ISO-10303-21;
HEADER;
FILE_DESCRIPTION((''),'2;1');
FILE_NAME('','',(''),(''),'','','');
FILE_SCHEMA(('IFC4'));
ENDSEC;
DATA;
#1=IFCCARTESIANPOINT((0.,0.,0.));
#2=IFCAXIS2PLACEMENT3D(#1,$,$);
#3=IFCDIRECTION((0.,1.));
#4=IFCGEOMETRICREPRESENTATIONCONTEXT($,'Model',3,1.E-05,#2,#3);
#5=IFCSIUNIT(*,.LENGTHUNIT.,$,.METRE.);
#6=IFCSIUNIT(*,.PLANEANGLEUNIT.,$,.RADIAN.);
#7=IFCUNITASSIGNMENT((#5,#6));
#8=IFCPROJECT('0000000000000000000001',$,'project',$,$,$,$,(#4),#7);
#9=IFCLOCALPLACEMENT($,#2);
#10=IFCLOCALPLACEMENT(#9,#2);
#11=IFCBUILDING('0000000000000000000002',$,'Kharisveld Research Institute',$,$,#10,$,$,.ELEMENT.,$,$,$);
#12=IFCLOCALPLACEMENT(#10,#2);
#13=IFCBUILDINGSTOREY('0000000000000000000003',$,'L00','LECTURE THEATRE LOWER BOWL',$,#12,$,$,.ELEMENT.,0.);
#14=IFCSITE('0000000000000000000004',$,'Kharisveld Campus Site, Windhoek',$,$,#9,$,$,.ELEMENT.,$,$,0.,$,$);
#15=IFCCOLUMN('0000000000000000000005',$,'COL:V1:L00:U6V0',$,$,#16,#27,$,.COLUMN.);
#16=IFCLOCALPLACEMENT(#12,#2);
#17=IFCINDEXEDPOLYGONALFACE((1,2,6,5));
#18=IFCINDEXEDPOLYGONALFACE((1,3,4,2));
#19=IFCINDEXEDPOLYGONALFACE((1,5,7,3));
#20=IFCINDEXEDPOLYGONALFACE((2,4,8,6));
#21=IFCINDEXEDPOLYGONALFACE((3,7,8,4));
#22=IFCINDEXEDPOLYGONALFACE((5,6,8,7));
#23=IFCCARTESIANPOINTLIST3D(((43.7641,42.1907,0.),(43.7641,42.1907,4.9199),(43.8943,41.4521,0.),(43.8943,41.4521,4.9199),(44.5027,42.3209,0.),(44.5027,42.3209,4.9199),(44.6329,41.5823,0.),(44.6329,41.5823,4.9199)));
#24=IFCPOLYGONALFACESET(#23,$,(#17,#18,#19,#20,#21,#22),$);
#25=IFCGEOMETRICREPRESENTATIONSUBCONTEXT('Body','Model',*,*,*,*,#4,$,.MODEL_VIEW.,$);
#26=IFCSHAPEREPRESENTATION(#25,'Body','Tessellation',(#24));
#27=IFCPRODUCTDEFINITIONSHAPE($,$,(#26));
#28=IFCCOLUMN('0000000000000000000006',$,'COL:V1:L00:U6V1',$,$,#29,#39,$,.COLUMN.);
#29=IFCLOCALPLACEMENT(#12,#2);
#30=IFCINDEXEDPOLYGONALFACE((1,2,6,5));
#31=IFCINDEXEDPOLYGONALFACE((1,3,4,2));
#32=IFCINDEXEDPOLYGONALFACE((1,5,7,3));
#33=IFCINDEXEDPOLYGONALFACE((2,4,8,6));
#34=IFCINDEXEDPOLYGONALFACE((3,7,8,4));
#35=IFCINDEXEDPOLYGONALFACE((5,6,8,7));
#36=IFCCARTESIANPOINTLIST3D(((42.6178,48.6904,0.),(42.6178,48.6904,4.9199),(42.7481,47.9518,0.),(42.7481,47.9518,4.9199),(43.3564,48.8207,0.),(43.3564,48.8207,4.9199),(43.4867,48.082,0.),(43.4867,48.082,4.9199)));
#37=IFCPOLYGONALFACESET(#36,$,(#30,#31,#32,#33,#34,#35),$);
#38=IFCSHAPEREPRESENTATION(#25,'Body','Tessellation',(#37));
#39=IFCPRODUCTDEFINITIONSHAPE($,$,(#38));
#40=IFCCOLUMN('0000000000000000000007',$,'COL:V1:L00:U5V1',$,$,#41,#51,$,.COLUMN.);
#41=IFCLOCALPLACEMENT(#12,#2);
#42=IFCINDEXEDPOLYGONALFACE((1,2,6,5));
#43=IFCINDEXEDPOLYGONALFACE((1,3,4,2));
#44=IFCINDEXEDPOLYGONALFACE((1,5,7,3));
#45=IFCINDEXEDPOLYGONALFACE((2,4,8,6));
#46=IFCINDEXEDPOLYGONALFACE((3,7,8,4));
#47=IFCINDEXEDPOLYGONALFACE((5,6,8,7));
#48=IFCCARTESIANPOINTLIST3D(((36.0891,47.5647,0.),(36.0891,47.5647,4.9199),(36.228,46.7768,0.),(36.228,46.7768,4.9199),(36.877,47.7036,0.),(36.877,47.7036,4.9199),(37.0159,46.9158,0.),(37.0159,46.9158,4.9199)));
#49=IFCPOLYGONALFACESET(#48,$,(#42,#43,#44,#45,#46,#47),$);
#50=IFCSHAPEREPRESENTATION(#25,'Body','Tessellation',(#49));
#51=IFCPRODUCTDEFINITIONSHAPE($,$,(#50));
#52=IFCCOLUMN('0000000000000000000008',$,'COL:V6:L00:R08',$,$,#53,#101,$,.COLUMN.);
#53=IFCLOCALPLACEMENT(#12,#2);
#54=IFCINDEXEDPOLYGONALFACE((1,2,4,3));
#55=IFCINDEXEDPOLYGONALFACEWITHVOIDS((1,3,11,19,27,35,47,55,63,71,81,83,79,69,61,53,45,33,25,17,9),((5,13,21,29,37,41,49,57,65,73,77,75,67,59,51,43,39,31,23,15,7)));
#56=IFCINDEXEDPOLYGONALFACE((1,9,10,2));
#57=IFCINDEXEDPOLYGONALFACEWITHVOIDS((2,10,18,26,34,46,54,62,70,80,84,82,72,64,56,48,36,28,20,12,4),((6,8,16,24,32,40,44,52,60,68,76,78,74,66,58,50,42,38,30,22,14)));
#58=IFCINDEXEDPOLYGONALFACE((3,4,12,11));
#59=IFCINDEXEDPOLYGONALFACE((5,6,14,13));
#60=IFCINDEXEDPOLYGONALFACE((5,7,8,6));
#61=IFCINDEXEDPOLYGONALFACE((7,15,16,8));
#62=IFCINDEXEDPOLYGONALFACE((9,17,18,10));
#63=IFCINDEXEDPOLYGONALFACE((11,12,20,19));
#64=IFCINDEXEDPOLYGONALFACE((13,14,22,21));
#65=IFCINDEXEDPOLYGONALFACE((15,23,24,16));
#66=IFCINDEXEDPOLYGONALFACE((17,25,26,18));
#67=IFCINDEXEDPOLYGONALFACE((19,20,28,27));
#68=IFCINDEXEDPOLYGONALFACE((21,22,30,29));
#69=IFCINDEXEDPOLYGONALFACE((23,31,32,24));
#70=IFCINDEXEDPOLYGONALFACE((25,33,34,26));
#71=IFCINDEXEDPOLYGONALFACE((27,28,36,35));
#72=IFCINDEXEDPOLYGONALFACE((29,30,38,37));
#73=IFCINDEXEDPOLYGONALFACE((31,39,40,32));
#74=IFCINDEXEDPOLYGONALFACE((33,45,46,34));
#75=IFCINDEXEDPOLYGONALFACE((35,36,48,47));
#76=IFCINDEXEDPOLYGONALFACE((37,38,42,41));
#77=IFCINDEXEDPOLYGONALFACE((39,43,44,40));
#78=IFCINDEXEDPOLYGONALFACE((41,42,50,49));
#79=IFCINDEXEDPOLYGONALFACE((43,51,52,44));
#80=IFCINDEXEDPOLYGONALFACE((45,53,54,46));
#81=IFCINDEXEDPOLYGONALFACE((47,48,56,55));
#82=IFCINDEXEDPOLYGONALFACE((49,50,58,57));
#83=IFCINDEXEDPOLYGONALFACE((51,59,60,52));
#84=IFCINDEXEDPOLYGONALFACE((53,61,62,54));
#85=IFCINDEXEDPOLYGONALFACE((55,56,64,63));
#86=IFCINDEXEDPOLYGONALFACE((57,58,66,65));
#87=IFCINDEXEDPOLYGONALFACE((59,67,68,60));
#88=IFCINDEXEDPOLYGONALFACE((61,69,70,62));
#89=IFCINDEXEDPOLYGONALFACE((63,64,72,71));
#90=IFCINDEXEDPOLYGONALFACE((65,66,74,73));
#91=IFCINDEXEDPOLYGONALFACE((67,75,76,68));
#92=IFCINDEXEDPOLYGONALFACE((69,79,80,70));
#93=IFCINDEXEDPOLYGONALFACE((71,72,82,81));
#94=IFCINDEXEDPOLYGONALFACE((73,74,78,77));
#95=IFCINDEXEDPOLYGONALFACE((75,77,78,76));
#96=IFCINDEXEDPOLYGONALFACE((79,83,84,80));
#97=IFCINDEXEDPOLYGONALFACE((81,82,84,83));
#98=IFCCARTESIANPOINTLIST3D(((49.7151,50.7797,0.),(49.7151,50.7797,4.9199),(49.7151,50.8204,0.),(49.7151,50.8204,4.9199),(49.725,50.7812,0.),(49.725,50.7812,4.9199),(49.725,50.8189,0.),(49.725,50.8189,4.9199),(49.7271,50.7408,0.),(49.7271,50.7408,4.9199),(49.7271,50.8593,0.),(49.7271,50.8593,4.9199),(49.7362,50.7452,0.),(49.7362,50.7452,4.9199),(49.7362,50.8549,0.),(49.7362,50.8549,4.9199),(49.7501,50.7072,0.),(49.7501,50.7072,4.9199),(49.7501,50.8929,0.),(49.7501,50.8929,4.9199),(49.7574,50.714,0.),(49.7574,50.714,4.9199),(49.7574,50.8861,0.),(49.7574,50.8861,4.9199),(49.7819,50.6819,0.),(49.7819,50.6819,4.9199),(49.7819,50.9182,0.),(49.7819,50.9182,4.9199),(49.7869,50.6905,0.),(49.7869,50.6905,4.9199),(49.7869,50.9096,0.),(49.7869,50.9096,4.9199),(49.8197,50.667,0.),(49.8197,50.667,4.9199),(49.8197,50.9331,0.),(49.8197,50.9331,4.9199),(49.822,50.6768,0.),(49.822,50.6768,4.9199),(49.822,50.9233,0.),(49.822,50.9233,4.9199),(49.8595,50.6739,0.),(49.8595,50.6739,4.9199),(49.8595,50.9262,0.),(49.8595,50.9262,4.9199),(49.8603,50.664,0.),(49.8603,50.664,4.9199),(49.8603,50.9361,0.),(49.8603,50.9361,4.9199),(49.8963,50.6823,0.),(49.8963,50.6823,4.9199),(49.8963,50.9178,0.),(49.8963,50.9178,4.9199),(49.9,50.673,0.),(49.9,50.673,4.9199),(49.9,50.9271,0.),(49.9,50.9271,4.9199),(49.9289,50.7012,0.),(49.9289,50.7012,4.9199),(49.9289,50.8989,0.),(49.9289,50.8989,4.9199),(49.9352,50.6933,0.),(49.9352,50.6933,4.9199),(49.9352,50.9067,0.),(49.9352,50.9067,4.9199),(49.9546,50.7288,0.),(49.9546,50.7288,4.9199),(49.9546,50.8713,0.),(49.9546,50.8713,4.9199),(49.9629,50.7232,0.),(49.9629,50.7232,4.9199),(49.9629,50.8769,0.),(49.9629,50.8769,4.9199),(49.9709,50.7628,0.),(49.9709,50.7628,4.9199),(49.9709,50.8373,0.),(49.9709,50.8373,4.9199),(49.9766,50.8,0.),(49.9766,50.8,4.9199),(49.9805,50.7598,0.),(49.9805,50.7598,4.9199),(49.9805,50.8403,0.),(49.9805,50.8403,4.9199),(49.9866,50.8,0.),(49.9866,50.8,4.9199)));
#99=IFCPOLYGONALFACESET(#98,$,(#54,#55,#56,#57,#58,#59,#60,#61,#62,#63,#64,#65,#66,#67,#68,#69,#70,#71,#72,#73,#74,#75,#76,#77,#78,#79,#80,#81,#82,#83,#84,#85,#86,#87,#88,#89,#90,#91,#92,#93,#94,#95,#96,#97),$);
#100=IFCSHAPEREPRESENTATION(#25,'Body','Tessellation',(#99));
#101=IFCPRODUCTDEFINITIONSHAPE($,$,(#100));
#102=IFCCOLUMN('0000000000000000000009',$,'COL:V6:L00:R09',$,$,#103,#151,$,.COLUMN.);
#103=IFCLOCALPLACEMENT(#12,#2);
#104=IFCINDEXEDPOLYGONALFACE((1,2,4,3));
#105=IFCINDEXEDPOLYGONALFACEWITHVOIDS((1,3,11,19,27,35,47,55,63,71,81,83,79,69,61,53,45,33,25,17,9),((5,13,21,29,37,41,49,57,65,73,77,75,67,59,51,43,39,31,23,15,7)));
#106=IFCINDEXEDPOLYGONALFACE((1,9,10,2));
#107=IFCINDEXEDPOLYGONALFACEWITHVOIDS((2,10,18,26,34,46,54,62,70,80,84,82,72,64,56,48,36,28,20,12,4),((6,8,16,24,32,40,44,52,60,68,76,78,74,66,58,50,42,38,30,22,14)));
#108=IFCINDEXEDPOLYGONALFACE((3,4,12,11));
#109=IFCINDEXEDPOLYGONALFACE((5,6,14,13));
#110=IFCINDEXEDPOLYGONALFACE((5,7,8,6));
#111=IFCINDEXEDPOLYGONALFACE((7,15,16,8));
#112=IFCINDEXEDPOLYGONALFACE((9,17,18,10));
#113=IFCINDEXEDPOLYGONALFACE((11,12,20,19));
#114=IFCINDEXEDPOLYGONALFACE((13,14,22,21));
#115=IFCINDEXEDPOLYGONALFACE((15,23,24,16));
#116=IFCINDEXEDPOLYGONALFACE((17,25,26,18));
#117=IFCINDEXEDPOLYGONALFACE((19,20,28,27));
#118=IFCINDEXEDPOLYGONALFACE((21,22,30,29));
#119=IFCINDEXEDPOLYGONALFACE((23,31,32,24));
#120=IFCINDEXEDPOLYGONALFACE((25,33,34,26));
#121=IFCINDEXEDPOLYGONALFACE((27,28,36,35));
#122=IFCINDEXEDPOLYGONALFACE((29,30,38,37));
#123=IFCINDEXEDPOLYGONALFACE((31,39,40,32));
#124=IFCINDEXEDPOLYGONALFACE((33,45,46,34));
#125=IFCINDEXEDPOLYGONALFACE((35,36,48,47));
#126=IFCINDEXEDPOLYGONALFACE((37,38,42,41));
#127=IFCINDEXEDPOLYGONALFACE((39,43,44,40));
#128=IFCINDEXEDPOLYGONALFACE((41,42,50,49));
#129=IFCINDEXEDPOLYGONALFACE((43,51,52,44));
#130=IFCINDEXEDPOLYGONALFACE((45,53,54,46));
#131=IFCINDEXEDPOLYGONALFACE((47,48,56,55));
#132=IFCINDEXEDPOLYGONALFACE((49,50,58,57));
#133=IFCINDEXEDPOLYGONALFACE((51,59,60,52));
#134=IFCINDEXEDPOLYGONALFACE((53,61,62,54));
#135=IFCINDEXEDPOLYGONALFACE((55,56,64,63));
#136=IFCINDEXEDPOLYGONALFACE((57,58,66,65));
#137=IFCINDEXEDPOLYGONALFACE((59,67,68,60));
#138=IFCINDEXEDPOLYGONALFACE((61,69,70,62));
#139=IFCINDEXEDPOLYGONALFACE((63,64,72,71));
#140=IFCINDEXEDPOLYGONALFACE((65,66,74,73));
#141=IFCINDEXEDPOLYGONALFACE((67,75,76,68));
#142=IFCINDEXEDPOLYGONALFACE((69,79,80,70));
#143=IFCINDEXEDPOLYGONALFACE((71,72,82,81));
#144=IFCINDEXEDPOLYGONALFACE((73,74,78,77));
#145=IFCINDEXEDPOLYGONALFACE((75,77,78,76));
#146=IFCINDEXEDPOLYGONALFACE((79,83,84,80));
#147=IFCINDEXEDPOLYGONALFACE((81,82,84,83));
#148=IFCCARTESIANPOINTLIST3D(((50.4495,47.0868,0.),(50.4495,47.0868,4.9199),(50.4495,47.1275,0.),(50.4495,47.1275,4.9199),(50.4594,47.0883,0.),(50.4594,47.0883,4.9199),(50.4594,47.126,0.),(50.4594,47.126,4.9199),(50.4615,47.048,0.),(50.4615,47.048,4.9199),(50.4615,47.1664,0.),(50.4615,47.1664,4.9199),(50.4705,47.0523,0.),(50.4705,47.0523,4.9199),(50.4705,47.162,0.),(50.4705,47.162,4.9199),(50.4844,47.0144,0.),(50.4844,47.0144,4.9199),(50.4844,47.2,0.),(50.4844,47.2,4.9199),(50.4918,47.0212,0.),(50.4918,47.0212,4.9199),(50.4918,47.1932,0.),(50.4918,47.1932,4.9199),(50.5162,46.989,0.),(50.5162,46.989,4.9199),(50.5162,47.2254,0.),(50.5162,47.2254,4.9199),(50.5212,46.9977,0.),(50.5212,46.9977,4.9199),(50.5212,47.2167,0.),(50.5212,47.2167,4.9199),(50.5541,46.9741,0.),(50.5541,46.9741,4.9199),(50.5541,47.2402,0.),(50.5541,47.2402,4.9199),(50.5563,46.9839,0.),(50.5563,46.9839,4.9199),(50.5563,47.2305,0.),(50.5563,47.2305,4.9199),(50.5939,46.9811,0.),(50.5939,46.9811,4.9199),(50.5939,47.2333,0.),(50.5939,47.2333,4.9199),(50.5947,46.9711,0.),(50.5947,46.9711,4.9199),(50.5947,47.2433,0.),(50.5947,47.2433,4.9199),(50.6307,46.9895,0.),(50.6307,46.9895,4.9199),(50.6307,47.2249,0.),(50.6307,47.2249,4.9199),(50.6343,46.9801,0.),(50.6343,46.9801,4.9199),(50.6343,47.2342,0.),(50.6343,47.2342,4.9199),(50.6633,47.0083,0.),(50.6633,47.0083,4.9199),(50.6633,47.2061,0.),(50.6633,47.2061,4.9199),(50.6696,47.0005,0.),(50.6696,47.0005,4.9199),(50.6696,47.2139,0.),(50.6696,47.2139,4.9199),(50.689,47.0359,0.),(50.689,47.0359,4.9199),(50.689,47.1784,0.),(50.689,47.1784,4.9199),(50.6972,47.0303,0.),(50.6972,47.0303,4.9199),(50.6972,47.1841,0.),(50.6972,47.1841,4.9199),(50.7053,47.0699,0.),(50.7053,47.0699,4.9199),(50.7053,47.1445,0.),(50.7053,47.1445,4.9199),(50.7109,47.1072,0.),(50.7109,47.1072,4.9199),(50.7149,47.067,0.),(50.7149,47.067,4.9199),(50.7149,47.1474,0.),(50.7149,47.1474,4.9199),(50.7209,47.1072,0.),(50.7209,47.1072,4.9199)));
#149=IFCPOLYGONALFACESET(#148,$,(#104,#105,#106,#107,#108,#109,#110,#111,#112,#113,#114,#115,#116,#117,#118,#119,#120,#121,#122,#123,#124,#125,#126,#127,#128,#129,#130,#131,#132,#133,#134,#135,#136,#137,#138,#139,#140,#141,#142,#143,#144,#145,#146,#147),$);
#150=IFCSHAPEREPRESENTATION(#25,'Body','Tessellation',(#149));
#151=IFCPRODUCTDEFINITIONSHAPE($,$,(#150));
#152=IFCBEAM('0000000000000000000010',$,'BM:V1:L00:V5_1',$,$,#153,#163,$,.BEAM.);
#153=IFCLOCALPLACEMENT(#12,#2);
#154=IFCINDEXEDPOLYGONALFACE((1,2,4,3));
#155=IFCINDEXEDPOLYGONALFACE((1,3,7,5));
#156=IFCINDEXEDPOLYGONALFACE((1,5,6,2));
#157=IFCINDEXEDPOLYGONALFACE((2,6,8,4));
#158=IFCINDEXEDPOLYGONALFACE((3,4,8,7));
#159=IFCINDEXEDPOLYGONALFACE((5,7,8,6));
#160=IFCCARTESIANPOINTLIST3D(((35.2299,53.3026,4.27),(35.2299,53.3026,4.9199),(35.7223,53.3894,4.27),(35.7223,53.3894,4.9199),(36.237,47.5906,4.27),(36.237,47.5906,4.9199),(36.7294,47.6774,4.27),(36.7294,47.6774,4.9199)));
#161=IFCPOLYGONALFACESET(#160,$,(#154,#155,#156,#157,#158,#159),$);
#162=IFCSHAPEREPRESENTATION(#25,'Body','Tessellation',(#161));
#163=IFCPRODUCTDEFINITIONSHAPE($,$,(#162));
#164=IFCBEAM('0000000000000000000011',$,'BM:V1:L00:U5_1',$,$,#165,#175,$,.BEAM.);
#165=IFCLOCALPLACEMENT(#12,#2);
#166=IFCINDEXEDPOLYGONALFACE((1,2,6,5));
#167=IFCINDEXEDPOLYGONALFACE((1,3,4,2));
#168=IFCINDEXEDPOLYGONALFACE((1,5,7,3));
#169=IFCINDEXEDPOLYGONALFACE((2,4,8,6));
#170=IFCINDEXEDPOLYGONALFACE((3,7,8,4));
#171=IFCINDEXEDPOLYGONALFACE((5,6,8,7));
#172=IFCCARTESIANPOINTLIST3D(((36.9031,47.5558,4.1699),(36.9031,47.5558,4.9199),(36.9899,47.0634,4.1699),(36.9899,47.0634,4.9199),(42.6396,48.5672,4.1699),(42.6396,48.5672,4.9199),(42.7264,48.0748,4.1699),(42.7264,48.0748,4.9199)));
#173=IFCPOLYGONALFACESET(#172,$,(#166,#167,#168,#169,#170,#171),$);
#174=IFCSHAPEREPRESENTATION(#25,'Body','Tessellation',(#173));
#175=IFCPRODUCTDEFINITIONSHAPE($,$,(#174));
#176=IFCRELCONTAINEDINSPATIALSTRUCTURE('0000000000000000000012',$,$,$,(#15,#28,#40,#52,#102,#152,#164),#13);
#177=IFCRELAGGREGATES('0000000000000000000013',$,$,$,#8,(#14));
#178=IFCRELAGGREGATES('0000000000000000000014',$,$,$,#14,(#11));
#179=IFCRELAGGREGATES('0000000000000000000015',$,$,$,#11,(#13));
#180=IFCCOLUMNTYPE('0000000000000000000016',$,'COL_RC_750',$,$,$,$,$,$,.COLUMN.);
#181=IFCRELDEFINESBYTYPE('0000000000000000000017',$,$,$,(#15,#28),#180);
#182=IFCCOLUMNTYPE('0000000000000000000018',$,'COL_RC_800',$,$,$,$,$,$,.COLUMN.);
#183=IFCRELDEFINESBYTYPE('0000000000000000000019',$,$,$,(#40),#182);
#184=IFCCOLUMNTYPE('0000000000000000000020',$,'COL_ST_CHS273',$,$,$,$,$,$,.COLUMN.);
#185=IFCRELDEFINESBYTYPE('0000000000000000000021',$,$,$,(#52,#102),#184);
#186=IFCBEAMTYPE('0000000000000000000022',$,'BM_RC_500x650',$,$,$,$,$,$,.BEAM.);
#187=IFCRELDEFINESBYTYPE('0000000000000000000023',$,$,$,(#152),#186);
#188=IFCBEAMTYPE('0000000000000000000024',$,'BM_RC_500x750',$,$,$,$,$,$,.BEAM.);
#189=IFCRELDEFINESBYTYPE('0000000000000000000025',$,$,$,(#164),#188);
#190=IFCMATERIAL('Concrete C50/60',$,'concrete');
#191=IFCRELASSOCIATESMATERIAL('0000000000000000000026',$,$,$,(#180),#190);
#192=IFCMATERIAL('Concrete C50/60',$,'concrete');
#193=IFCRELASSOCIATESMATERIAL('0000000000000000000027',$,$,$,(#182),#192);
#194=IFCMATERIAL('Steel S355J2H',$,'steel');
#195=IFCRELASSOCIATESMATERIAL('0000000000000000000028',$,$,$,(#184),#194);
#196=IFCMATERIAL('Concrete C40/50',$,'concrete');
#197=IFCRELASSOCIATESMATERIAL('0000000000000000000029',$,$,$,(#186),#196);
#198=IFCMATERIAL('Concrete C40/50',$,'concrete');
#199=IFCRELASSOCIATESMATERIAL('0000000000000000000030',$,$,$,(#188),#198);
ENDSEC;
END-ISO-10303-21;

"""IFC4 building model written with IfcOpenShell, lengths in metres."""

from ifc_helpers import new_model, si_unit, direction, frame, origin, origin_2d, place, context, subcontext, project, spatial, rectangle, hollow_circle, extrude, material, material_profile, profile_set, type_object, element, save


model = new_model("IFC4")

# Units and contexts
model_context = context("Model", 3, precision=1e-05, world=origin(), true_north=direction((0.0, 1.0)))
body_context = subcontext(model_context, "Body", "Model", "MODEL_VIEW")
ifc_project = project(units=[si_unit("LENGTHUNIT", "METRE"), si_unit("PLANEANGLEUNIT", "RADIAN")], contexts=[model_context])

# Site, building, storey
site_placement = place(None, origin())
site = spatial("IfcSite", under=ifc_project, at=site_placement, Name="Kharisveld Campus Site, Windhoek", CompositionType="ELEMENT", RefElevation=0.0)
building_placement = place(site_placement, origin())
building = spatial("IfcBuilding", under=site, at=building_placement, Name="Kharisveld Research Institute", CompositionType="ELEMENT")
storey_placement = place(building_placement, origin())
storey = spatial("IfcBuildingStorey", under=building, at=storey_placement, Name="L00", Description="LECTURE THEATRE LOWER BOWL", CompositionType="ELEMENT", Elevation=0.0)

# Columns
ifc_material_1 = material(Name="Concrete C50/60", Category="concrete")
ifc_material_profile_1 = material_profile(ifc_material_1, rectangle(XDim=0.75, YDim=0.75, at=origin_2d()))
ifc_profile_set_1 = profile_set([ifc_material_profile_1], Name="Concrete C50/60")
column_type_1 = type_object("IfcColumnType", Name="COL_RC_750", PredefinedType="COLUMN", material=ifc_profile_set_1)
for number, where, z_axis, x_axis, name in (
    (1, (44.1985, 41.8865, 0.0), (0.0, 0.0, 1.0), (0.984808, 0.173648, 0.0), "COL:V1:L00:U6V0"),
    (2, (43.0522, 48.3862, 0.0), (0.0, 0.0, 1.0), (0.984808, 0.173648, 0.0), "COL:V1:L00:U6V1"),
):
    element("IfcColumn", number, at=place(storey_placement, frame(where, z_axis=z_axis, x_axis=x_axis)), inside=storey, type_object=column_type_1, Name=name, PredefinedType="COLUMN", context=body_context, shape_type="SweptSolid", body=[
        extrude(rectangle(XDim=0.75, YDim=0.75, at=origin_2d()), origin(), (0.0, 0.0, 1.0), 4.9199),
    ])
ifc_material_2 = material(Name="Concrete C50/60", Category="concrete")
ifc_material_profile_2 = material_profile(ifc_material_2, rectangle(XDim=0.8, YDim=0.8, at=origin_2d()))
ifc_profile_set_2 = profile_set([ifc_material_profile_2], Name="Concrete C50/60")
column_type_2 = type_object("IfcColumnType", Name="COL_RC_800", PredefinedType="COLUMN", material=ifc_profile_set_2)
column_placement = place(storey_placement, frame((36.5525, 47.2402, 0.0), z_axis=(0.0, 0.0, 1.0), x_axis=(0.984808, 0.173648, 0.0)))
element("IfcColumn", 3, at=column_placement, inside=storey, type_object=column_type_2, Name="COL:V1:L00:U5V1", PredefinedType="COLUMN", context=body_context, shape_type="SweptSolid", body=[
    extrude(rectangle(XDim=0.8, YDim=0.8, at=origin_2d()), origin(), (0.0, 0.0, 1.0), 4.9199),
])
ifc_material_3 = material(Name="Steel S355J2H", Category="steel")
ifc_material_profile_3 = material_profile(ifc_material_3, hollow_circle(Radius=0.1365, WallThickness=0.01, at=origin_2d()))
ifc_profile_set_3 = profile_set([ifc_material_profile_3], Name="Steel S355J2H")
column_type_3 = type_object("IfcColumnType", Name="COL_ST_CHS273", PredefinedType="COLUMN", material=ifc_profile_set_3)
for number, where, z_axis, x_axis, name in (
    (4, (49.8501, 50.8, 0.0), (0.0, 0.0, 1.0), (1.0, 0.0, 0.0), "COL:V6:L00:R08"),
    (5, (50.5845, 47.1072, 0.0), (0.0, 0.0, 1.0), (1.0, 0.0, 0.0), "COL:V6:L00:R09"),
):
    element("IfcColumn", number, at=place(storey_placement, frame(where, z_axis=z_axis, x_axis=x_axis)), inside=storey, type_object=column_type_3, Name=name, PredefinedType="COLUMN", context=body_context, shape_type="SweptSolid", body=[
        extrude(hollow_circle(Radius=0.1365, WallThickness=0.01, at=origin_2d()), origin(), (0.0, 0.0, 1.0), 4.9199),
    ])

# Beams
ifc_material_4 = material(Name="Concrete C40/50", Category="concrete")
ifc_material_profile_4 = material_profile(ifc_material_4, rectangle(XDim=0.5, YDim=0.6499, at=origin_2d()))
ifc_profile_set_4 = profile_set([ifc_material_profile_4], Name="Concrete C40/50")
beam_type_1 = type_object("IfcBeamType", Name="BM_RC_500x650", PredefinedType="BEAM", material=ifc_profile_set_4)
beam_1_placement = place(storey_placement, frame((36.4832, 47.634, 4.595), z_axis=(-0.173634, 0.98481, 0.0), x_axis=(-0.98481, -0.173634, 0.0)))
element("IfcBeam", 6, at=beam_1_placement, inside=storey, type_object=beam_type_1, Name="BM:V1:L00:V5_1", PredefinedType="BEAM", context=body_context, shape_type="SweptSolid", body=[
    extrude(rectangle(XDim=0.5, YDim=0.6499, at=origin_2d()), origin(), (0.0, 0.0, 1.0), 5.8),
])
ifc_material_5 = material(Name="Concrete C40/50", Category="concrete")
ifc_material_profile_5 = material_profile(ifc_material_5, rectangle(XDim=0.5, YDim=0.75, at=origin_2d()))
ifc_profile_set_5 = profile_set([ifc_material_profile_5], Name="Concrete C40/50")
beam_type_2 = type_object("IfcBeamType", Name="BM_RC_500x750", PredefinedType="BEAM", material=ifc_profile_set_5)
beam_2_placement = place(storey_placement, frame((36.9465, 47.3096, 4.5449), z_axis=(0.984809, 0.173642, 0.0), x_axis=(-0.173642, 0.984809, 0.0)))
element("IfcBeam", 7, at=beam_2_placement, inside=storey, type_object=beam_type_2, Name="BM:V1:L00:U5_1", PredefinedType="BEAM", context=body_context, shape_type="SweptSolid", body=[
    extrude(rectangle(XDim=0.5, YDim=0.75, at=origin_2d()), origin(), (0.0, 0.0, 1.0), 5.825),
])

save(model, "model.ifc")
